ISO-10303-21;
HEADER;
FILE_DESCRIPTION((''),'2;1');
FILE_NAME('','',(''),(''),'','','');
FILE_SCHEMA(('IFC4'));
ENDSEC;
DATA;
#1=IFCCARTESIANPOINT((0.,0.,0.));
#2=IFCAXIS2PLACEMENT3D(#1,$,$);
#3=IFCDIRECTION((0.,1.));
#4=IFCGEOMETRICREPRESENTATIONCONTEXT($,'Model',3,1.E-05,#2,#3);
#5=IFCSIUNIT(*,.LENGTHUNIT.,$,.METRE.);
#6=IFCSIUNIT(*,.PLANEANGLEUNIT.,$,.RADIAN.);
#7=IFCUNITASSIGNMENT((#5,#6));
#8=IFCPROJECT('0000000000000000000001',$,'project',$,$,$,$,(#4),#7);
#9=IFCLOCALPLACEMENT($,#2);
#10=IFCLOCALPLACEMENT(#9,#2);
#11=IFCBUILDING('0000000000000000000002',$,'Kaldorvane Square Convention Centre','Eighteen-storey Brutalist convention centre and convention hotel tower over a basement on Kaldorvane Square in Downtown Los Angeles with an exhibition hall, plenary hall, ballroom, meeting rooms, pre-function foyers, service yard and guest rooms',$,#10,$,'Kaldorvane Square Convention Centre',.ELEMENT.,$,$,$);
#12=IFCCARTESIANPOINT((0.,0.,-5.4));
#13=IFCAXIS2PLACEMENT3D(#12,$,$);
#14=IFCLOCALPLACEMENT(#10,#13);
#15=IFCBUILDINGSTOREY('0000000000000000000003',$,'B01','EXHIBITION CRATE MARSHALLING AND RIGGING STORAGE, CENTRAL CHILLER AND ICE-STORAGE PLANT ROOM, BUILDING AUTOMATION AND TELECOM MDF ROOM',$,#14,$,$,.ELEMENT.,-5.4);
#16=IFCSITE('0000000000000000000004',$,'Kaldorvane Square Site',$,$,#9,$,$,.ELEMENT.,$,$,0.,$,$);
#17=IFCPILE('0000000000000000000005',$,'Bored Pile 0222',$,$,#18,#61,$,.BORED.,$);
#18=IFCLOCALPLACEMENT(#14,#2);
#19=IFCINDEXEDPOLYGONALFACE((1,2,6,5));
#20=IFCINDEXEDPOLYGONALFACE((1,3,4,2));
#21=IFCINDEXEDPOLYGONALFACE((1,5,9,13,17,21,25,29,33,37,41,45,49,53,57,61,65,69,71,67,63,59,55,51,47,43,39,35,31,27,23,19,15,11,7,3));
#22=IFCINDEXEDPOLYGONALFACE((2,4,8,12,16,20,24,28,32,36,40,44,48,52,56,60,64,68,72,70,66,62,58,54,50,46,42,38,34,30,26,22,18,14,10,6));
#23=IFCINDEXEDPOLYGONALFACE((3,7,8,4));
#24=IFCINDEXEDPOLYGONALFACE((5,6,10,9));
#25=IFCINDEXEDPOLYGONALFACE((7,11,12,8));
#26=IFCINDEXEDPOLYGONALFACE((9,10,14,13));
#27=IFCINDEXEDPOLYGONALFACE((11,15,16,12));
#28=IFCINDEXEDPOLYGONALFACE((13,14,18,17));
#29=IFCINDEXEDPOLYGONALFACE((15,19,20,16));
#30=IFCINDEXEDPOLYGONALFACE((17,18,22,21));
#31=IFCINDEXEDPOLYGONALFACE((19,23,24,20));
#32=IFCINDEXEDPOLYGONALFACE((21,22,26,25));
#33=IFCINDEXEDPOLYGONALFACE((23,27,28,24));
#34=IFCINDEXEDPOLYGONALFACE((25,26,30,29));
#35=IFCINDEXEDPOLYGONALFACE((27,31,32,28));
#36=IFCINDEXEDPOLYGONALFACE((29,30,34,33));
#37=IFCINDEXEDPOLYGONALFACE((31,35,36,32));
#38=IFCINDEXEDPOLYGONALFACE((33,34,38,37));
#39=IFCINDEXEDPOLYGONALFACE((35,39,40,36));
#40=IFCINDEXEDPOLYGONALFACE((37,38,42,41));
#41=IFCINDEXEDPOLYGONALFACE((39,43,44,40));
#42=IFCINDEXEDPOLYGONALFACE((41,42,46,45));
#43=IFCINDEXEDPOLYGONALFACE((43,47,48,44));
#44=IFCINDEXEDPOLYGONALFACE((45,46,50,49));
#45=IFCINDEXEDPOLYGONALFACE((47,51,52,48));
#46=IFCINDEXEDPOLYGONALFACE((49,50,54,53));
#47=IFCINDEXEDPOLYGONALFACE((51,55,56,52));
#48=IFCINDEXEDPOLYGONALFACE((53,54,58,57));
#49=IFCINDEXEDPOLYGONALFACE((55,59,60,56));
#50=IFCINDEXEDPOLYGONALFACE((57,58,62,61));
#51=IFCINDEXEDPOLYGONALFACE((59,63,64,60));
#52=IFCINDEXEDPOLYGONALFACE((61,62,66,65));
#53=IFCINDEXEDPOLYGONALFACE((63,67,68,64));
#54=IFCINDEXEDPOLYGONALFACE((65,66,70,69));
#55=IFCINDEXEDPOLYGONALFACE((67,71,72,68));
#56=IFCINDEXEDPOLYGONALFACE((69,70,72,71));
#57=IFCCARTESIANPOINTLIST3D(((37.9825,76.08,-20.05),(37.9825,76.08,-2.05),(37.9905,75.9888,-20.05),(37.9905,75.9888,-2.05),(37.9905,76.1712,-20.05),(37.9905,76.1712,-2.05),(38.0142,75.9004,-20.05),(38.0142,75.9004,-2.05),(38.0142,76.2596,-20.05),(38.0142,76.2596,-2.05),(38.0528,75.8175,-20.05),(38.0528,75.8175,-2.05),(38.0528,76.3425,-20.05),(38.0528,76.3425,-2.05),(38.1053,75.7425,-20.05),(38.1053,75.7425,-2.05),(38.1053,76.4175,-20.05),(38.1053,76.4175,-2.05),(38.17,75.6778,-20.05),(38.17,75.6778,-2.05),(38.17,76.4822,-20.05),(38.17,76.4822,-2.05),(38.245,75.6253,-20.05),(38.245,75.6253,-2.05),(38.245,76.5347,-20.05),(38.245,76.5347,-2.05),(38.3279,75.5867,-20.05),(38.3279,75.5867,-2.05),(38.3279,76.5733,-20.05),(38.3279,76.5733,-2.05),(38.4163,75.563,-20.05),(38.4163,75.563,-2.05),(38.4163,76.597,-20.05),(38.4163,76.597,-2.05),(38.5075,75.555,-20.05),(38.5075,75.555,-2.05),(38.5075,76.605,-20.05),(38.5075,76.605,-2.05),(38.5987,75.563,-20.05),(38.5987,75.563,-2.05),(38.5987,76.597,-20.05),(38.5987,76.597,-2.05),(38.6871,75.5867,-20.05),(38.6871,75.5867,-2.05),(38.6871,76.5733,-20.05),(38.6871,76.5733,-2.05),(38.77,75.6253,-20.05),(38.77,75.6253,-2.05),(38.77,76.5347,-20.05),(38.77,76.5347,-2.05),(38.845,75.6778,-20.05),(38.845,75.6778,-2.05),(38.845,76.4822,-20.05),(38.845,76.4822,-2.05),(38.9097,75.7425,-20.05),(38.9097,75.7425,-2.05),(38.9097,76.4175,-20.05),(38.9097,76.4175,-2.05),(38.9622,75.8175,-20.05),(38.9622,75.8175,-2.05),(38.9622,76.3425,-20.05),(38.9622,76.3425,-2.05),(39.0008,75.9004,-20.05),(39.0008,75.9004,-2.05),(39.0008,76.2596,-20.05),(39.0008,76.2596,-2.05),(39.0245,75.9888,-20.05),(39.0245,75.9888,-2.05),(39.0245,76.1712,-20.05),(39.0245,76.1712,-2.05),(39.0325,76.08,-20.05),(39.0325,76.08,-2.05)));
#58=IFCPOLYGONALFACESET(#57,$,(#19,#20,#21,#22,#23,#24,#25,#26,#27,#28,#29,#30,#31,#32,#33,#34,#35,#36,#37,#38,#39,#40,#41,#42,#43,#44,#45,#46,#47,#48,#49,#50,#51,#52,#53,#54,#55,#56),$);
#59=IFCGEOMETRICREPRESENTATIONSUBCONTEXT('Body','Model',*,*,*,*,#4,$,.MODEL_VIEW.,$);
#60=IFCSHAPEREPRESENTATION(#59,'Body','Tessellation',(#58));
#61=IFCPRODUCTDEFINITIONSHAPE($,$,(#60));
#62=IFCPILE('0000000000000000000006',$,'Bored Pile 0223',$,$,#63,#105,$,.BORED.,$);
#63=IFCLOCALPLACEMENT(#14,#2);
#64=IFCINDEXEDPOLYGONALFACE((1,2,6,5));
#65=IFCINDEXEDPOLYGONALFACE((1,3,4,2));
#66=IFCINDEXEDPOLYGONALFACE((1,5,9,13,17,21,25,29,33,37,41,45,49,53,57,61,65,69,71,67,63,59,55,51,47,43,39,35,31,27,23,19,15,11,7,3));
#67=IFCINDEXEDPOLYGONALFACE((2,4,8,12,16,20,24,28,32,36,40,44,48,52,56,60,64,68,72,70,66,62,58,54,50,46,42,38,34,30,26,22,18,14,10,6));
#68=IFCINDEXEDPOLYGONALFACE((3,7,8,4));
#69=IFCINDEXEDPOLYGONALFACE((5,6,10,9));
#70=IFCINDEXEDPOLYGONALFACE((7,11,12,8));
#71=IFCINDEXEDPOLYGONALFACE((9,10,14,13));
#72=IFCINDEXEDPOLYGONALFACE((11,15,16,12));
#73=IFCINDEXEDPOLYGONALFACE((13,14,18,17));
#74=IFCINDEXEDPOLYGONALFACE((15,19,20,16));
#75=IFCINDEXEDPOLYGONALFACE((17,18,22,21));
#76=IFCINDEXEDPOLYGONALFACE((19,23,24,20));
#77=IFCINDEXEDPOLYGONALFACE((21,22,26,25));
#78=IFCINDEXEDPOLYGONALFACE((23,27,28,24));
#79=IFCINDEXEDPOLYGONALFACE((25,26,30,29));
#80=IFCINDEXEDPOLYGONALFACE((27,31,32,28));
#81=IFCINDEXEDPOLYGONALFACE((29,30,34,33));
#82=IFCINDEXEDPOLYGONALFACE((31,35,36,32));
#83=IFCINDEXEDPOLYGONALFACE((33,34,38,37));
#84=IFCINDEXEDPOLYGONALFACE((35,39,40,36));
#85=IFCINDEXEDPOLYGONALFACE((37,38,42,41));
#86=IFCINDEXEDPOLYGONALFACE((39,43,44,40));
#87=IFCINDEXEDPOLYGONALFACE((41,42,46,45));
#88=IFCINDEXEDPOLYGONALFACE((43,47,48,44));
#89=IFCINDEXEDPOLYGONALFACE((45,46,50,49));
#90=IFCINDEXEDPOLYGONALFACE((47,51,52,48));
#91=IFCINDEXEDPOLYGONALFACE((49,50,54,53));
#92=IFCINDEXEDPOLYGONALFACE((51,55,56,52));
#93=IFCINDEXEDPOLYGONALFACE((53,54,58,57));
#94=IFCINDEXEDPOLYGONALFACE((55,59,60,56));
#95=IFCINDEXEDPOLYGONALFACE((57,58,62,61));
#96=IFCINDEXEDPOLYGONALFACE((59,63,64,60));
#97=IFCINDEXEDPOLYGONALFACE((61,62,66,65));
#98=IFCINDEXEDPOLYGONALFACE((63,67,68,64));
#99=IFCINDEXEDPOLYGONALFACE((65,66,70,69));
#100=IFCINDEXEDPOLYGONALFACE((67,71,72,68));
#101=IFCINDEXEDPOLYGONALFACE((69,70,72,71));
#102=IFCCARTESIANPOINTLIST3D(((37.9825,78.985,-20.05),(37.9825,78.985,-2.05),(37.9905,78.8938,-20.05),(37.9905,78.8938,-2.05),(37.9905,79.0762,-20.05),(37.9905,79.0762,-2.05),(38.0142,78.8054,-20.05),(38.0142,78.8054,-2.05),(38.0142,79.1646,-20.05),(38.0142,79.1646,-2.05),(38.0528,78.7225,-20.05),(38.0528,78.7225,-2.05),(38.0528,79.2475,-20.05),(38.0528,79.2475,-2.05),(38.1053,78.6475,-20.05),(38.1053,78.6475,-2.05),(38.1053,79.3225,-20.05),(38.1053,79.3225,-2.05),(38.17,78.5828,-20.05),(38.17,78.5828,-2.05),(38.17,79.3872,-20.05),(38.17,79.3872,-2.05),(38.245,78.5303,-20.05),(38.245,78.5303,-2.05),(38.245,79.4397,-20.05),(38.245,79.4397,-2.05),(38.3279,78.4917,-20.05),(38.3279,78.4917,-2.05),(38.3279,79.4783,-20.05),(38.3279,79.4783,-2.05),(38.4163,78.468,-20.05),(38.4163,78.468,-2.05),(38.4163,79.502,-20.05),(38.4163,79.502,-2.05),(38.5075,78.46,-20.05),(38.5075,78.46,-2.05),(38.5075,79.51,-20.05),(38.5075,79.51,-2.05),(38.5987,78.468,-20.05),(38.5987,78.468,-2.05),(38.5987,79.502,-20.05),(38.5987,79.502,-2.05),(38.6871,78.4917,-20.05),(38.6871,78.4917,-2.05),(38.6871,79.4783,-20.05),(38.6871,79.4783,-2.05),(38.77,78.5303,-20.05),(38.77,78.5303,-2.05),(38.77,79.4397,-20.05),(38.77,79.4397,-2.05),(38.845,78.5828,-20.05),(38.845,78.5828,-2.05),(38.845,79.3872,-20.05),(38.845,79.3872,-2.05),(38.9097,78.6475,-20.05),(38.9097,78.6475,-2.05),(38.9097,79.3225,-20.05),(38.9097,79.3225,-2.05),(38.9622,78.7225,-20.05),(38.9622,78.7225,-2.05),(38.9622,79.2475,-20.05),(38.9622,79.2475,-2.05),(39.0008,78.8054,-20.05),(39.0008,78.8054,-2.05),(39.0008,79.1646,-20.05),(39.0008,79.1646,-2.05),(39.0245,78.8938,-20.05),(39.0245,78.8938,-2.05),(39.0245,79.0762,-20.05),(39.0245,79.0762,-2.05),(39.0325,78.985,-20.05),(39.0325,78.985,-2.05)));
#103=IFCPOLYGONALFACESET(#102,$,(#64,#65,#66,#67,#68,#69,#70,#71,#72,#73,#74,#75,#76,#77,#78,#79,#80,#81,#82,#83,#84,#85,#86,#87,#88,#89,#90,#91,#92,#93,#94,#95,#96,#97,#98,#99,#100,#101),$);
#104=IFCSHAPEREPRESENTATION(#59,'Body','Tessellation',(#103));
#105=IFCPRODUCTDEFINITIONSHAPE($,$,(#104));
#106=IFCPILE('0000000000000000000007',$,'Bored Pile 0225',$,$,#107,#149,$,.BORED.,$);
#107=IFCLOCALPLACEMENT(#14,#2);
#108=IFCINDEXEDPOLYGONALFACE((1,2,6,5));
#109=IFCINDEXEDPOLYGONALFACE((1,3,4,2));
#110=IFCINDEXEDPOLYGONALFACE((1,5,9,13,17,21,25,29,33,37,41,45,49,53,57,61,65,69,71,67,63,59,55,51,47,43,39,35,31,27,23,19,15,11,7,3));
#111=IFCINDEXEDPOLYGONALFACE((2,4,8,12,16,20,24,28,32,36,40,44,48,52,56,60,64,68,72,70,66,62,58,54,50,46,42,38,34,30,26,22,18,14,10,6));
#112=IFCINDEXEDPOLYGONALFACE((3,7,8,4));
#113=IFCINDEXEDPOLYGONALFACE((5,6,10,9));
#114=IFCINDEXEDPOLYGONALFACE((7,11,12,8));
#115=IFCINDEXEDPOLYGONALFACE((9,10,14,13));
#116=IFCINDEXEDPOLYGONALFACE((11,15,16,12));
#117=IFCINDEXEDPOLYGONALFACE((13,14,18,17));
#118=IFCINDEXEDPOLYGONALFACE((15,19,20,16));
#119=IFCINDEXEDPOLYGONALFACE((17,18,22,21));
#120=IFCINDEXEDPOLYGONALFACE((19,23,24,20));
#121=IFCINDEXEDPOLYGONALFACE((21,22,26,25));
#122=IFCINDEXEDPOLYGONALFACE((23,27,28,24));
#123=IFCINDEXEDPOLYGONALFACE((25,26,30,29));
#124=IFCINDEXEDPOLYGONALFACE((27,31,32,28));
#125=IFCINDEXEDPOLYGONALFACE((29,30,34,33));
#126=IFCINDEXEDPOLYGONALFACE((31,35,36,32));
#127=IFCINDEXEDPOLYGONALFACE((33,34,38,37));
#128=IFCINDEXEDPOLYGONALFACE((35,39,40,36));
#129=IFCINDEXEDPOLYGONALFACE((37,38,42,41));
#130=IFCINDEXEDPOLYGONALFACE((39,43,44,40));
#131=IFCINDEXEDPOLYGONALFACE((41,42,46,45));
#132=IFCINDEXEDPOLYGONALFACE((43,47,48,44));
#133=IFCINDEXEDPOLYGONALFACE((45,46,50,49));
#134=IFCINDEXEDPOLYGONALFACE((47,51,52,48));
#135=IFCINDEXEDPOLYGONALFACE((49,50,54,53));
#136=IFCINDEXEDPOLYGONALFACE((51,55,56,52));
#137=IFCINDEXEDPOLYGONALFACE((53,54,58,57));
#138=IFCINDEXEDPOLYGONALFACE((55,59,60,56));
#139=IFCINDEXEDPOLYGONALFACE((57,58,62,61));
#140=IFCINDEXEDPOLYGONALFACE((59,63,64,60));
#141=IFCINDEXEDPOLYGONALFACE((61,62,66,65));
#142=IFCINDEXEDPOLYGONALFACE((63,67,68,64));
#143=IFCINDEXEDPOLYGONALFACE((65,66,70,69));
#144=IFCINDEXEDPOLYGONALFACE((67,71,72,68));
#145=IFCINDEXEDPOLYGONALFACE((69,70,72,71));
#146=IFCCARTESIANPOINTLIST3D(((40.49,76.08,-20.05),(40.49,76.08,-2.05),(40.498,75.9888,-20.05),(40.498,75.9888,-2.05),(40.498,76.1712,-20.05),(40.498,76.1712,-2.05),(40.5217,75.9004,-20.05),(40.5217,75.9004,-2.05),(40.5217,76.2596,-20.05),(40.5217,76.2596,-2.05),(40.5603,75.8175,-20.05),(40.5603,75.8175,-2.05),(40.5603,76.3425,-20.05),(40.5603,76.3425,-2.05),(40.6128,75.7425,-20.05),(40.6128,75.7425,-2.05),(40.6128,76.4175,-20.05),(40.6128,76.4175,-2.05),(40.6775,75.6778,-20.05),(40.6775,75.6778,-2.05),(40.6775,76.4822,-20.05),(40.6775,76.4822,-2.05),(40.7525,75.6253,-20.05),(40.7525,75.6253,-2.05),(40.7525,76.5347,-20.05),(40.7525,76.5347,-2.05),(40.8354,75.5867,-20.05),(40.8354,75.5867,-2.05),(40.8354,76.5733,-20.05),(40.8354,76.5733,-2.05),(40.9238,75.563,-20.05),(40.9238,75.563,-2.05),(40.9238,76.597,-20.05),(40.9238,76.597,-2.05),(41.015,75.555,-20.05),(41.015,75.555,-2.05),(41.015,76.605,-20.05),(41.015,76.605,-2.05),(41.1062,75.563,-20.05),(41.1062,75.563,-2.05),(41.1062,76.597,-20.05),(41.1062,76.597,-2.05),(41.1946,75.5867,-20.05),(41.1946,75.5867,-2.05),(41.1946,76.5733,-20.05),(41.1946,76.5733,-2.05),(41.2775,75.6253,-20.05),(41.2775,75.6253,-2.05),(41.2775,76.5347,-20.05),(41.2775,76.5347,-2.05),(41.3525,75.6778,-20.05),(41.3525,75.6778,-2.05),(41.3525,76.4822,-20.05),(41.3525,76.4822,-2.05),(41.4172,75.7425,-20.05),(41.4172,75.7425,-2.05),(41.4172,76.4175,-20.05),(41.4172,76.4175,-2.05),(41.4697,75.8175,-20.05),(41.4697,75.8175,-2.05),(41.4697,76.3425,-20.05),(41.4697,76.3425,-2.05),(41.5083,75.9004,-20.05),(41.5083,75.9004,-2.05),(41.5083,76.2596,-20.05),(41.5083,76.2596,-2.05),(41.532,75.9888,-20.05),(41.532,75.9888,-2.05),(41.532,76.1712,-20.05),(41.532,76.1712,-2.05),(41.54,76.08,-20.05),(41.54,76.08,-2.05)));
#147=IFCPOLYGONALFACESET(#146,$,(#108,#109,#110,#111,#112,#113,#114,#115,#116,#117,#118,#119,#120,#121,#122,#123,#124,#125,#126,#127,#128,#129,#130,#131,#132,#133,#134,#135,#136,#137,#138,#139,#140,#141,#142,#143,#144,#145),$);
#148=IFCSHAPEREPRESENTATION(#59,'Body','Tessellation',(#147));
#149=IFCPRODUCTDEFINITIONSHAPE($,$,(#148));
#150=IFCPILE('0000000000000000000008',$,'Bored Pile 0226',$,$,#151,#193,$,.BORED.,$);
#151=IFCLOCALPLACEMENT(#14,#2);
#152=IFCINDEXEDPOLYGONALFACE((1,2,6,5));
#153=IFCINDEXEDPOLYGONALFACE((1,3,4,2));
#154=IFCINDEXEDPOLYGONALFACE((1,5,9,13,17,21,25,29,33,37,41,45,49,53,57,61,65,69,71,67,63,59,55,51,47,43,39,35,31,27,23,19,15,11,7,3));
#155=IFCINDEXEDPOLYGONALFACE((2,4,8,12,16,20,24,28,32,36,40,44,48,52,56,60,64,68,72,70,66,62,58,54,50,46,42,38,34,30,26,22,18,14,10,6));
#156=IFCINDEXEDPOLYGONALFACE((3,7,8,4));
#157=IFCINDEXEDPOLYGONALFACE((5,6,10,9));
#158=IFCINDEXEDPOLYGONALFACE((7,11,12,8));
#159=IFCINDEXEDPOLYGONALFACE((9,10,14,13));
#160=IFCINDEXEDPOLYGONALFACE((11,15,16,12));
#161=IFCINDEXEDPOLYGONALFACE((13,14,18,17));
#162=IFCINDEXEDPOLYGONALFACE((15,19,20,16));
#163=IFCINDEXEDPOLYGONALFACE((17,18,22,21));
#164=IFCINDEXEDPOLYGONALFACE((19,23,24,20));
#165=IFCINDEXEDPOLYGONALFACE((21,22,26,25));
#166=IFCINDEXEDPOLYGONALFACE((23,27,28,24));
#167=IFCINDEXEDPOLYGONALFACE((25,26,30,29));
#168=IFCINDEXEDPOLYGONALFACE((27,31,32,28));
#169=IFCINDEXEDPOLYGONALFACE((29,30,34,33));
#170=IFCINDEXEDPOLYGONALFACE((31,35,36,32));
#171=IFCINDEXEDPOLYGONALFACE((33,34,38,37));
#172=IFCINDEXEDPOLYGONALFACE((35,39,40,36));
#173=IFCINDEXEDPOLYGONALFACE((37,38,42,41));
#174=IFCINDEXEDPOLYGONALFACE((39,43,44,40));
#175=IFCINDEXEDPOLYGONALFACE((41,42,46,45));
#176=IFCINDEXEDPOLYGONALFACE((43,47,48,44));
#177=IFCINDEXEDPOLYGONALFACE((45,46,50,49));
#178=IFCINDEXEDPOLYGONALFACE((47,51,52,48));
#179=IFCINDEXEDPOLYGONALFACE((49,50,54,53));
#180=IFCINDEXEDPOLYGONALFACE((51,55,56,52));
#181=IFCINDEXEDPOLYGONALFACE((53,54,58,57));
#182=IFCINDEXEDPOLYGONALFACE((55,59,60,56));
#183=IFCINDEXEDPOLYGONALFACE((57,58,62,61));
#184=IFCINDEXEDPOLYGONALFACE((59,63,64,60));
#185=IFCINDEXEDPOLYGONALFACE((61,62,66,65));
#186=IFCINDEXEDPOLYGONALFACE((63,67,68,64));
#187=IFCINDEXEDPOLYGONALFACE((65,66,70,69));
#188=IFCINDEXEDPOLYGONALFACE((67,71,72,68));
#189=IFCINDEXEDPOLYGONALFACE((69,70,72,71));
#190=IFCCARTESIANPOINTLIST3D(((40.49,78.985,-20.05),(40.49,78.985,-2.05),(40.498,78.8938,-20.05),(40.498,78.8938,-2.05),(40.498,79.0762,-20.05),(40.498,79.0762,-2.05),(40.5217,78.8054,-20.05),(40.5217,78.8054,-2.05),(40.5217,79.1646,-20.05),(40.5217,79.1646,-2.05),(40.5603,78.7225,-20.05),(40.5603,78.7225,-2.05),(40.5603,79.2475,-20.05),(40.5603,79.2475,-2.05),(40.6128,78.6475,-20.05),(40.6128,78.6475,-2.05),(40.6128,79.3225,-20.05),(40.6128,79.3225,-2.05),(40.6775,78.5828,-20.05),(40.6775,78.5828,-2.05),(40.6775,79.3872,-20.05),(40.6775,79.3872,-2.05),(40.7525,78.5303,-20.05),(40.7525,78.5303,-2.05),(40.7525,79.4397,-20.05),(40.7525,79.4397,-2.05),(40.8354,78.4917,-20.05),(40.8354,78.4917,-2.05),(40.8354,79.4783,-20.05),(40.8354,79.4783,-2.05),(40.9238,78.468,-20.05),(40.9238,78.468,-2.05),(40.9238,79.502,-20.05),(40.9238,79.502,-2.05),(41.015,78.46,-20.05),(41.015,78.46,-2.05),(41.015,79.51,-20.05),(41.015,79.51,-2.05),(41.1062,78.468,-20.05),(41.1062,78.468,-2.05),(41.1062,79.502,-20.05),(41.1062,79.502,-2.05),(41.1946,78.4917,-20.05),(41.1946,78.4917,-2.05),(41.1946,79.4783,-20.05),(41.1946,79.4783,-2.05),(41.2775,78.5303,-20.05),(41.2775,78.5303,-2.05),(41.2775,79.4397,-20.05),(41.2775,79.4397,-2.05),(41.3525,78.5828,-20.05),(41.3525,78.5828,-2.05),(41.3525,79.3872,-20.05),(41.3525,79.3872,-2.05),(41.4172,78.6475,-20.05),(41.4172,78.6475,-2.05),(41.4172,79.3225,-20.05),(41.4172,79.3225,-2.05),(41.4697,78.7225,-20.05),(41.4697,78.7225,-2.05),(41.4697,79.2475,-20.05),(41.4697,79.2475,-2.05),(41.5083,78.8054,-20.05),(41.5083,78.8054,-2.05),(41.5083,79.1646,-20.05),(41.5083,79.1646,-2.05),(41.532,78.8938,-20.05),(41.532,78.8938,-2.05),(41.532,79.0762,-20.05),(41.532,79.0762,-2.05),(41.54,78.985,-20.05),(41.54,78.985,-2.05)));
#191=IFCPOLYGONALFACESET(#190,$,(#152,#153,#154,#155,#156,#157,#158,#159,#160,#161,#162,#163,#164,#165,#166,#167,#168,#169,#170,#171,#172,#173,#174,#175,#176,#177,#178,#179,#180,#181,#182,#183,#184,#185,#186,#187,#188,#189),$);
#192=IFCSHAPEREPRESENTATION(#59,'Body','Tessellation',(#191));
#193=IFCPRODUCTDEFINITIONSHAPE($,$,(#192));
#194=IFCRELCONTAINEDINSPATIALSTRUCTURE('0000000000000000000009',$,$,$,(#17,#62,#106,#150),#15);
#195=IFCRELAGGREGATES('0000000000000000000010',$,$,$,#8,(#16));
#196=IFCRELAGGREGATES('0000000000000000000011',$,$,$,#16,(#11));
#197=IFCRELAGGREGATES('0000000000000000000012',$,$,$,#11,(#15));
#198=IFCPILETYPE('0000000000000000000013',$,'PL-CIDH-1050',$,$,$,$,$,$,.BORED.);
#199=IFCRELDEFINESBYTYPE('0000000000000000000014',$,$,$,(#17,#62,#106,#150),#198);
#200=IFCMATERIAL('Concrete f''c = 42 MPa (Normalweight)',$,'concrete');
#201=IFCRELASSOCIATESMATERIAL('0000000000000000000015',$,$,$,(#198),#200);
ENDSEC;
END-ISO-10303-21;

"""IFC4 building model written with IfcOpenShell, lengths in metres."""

from ifc_helpers import new_model, si_unit, direction, frame, origin, origin_2d, place, context, subcontext, project, spatial, circle, extrude, material, material_profile, profile_set, type_object, element, save


model = new_model("IFC4")

# Units and contexts
model_context = context("Model", 3, precision=1e-05, world=origin(), true_north=direction((0.0, 1.0)))
body_context = subcontext(model_context, "Body", "Model", "MODEL_VIEW")
ifc_project = project(units=[si_unit("LENGTHUNIT", "METRE"), si_unit("PLANEANGLEUNIT", "RADIAN")], contexts=[model_context])

# Site, building, storey
site_placement = place(None, origin())
site = spatial("IfcSite", under=ifc_project, at=site_placement, Name="Kaldorvane Square Site", CompositionType="ELEMENT", RefElevation=0.0)
building_placement = place(site_placement, origin())
building = spatial("IfcBuilding", under=site, at=building_placement, Name="Kaldorvane Square Convention Centre", Description="Eighteen-storey Brutalist convention centre and convention hotel tower over a basement on Kaldorvane Square in Downtown Los Angeles with an exhibition hall, plenary hall, ballroom, meeting rooms, pre-function foyers, service yard and guest rooms", LongName="Kaldorvane Square Convention Centre", CompositionType="ELEMENT")
storey_placement = place(building_placement, frame((0.0, 0.0, -5.4)))
storey = spatial("IfcBuildingStorey", under=building, at=storey_placement, Name="B01", Description="EXHIBITION CRATE MARSHALLING AND RIGGING STORAGE, CENTRAL CHILLER AND ICE-STORAGE PLANT ROOM, BUILDING AUTOMATION AND TELECOM MDF ROOM", CompositionType="ELEMENT", Elevation=-5.4)

# Shared definitions
ifc_material_1 = material(Name="Concrete f'c = 42 MPa (Normalweight)", Category="concrete")

# Piles
ifc_material_profile_1 = material_profile(ifc_material_1, circle(Radius=0.525, at=origin_2d()), Name="PILE-D1050")
ifc_profile_set_1 = profile_set([ifc_material_profile_1], Name="Concrete f'c = 42 MPa (Normalweight)")
pile_type_1 = type_object("IfcPileType", Name="PL-CIDH-1050", PredefinedType="BORED", material=ifc_profile_set_1)
for number, where, z_axis, x_axis, name in (
    (1, (38.5075, 76.08, -2.05), (0.0, 0.0, -1.0), (1.0, 0.0, 0.0), "Bored Pile 0222"),
    (2, (38.5075, 78.985, -2.05), (0.0, 0.0, -1.0), (1.0, 0.0, 0.0), "Bored Pile 0223"),
    (3, (41.015, 76.08, -2.05), (0.0, 0.0, -1.0), (1.0, 0.0, 0.0), "Bored Pile 0225"),
    (4, (41.015, 78.985, -2.05), (0.0, 0.0, -1.0), (1.0, 0.0, 0.0), "Bored Pile 0226"),
):
    element("IfcPile", number, at=place(storey_placement, frame(where, z_axis=z_axis, x_axis=x_axis)), inside=storey, type_object=pile_type_1, Name=name, PredefinedType="BORED", context=body_context, shape_type="SweptSolid", body=[
        extrude(circle(Radius=0.525, at=origin_2d()), origin(), (0.0, 0.0, 1.0), 18.0),
    ])

save(model, "model.ifc")
